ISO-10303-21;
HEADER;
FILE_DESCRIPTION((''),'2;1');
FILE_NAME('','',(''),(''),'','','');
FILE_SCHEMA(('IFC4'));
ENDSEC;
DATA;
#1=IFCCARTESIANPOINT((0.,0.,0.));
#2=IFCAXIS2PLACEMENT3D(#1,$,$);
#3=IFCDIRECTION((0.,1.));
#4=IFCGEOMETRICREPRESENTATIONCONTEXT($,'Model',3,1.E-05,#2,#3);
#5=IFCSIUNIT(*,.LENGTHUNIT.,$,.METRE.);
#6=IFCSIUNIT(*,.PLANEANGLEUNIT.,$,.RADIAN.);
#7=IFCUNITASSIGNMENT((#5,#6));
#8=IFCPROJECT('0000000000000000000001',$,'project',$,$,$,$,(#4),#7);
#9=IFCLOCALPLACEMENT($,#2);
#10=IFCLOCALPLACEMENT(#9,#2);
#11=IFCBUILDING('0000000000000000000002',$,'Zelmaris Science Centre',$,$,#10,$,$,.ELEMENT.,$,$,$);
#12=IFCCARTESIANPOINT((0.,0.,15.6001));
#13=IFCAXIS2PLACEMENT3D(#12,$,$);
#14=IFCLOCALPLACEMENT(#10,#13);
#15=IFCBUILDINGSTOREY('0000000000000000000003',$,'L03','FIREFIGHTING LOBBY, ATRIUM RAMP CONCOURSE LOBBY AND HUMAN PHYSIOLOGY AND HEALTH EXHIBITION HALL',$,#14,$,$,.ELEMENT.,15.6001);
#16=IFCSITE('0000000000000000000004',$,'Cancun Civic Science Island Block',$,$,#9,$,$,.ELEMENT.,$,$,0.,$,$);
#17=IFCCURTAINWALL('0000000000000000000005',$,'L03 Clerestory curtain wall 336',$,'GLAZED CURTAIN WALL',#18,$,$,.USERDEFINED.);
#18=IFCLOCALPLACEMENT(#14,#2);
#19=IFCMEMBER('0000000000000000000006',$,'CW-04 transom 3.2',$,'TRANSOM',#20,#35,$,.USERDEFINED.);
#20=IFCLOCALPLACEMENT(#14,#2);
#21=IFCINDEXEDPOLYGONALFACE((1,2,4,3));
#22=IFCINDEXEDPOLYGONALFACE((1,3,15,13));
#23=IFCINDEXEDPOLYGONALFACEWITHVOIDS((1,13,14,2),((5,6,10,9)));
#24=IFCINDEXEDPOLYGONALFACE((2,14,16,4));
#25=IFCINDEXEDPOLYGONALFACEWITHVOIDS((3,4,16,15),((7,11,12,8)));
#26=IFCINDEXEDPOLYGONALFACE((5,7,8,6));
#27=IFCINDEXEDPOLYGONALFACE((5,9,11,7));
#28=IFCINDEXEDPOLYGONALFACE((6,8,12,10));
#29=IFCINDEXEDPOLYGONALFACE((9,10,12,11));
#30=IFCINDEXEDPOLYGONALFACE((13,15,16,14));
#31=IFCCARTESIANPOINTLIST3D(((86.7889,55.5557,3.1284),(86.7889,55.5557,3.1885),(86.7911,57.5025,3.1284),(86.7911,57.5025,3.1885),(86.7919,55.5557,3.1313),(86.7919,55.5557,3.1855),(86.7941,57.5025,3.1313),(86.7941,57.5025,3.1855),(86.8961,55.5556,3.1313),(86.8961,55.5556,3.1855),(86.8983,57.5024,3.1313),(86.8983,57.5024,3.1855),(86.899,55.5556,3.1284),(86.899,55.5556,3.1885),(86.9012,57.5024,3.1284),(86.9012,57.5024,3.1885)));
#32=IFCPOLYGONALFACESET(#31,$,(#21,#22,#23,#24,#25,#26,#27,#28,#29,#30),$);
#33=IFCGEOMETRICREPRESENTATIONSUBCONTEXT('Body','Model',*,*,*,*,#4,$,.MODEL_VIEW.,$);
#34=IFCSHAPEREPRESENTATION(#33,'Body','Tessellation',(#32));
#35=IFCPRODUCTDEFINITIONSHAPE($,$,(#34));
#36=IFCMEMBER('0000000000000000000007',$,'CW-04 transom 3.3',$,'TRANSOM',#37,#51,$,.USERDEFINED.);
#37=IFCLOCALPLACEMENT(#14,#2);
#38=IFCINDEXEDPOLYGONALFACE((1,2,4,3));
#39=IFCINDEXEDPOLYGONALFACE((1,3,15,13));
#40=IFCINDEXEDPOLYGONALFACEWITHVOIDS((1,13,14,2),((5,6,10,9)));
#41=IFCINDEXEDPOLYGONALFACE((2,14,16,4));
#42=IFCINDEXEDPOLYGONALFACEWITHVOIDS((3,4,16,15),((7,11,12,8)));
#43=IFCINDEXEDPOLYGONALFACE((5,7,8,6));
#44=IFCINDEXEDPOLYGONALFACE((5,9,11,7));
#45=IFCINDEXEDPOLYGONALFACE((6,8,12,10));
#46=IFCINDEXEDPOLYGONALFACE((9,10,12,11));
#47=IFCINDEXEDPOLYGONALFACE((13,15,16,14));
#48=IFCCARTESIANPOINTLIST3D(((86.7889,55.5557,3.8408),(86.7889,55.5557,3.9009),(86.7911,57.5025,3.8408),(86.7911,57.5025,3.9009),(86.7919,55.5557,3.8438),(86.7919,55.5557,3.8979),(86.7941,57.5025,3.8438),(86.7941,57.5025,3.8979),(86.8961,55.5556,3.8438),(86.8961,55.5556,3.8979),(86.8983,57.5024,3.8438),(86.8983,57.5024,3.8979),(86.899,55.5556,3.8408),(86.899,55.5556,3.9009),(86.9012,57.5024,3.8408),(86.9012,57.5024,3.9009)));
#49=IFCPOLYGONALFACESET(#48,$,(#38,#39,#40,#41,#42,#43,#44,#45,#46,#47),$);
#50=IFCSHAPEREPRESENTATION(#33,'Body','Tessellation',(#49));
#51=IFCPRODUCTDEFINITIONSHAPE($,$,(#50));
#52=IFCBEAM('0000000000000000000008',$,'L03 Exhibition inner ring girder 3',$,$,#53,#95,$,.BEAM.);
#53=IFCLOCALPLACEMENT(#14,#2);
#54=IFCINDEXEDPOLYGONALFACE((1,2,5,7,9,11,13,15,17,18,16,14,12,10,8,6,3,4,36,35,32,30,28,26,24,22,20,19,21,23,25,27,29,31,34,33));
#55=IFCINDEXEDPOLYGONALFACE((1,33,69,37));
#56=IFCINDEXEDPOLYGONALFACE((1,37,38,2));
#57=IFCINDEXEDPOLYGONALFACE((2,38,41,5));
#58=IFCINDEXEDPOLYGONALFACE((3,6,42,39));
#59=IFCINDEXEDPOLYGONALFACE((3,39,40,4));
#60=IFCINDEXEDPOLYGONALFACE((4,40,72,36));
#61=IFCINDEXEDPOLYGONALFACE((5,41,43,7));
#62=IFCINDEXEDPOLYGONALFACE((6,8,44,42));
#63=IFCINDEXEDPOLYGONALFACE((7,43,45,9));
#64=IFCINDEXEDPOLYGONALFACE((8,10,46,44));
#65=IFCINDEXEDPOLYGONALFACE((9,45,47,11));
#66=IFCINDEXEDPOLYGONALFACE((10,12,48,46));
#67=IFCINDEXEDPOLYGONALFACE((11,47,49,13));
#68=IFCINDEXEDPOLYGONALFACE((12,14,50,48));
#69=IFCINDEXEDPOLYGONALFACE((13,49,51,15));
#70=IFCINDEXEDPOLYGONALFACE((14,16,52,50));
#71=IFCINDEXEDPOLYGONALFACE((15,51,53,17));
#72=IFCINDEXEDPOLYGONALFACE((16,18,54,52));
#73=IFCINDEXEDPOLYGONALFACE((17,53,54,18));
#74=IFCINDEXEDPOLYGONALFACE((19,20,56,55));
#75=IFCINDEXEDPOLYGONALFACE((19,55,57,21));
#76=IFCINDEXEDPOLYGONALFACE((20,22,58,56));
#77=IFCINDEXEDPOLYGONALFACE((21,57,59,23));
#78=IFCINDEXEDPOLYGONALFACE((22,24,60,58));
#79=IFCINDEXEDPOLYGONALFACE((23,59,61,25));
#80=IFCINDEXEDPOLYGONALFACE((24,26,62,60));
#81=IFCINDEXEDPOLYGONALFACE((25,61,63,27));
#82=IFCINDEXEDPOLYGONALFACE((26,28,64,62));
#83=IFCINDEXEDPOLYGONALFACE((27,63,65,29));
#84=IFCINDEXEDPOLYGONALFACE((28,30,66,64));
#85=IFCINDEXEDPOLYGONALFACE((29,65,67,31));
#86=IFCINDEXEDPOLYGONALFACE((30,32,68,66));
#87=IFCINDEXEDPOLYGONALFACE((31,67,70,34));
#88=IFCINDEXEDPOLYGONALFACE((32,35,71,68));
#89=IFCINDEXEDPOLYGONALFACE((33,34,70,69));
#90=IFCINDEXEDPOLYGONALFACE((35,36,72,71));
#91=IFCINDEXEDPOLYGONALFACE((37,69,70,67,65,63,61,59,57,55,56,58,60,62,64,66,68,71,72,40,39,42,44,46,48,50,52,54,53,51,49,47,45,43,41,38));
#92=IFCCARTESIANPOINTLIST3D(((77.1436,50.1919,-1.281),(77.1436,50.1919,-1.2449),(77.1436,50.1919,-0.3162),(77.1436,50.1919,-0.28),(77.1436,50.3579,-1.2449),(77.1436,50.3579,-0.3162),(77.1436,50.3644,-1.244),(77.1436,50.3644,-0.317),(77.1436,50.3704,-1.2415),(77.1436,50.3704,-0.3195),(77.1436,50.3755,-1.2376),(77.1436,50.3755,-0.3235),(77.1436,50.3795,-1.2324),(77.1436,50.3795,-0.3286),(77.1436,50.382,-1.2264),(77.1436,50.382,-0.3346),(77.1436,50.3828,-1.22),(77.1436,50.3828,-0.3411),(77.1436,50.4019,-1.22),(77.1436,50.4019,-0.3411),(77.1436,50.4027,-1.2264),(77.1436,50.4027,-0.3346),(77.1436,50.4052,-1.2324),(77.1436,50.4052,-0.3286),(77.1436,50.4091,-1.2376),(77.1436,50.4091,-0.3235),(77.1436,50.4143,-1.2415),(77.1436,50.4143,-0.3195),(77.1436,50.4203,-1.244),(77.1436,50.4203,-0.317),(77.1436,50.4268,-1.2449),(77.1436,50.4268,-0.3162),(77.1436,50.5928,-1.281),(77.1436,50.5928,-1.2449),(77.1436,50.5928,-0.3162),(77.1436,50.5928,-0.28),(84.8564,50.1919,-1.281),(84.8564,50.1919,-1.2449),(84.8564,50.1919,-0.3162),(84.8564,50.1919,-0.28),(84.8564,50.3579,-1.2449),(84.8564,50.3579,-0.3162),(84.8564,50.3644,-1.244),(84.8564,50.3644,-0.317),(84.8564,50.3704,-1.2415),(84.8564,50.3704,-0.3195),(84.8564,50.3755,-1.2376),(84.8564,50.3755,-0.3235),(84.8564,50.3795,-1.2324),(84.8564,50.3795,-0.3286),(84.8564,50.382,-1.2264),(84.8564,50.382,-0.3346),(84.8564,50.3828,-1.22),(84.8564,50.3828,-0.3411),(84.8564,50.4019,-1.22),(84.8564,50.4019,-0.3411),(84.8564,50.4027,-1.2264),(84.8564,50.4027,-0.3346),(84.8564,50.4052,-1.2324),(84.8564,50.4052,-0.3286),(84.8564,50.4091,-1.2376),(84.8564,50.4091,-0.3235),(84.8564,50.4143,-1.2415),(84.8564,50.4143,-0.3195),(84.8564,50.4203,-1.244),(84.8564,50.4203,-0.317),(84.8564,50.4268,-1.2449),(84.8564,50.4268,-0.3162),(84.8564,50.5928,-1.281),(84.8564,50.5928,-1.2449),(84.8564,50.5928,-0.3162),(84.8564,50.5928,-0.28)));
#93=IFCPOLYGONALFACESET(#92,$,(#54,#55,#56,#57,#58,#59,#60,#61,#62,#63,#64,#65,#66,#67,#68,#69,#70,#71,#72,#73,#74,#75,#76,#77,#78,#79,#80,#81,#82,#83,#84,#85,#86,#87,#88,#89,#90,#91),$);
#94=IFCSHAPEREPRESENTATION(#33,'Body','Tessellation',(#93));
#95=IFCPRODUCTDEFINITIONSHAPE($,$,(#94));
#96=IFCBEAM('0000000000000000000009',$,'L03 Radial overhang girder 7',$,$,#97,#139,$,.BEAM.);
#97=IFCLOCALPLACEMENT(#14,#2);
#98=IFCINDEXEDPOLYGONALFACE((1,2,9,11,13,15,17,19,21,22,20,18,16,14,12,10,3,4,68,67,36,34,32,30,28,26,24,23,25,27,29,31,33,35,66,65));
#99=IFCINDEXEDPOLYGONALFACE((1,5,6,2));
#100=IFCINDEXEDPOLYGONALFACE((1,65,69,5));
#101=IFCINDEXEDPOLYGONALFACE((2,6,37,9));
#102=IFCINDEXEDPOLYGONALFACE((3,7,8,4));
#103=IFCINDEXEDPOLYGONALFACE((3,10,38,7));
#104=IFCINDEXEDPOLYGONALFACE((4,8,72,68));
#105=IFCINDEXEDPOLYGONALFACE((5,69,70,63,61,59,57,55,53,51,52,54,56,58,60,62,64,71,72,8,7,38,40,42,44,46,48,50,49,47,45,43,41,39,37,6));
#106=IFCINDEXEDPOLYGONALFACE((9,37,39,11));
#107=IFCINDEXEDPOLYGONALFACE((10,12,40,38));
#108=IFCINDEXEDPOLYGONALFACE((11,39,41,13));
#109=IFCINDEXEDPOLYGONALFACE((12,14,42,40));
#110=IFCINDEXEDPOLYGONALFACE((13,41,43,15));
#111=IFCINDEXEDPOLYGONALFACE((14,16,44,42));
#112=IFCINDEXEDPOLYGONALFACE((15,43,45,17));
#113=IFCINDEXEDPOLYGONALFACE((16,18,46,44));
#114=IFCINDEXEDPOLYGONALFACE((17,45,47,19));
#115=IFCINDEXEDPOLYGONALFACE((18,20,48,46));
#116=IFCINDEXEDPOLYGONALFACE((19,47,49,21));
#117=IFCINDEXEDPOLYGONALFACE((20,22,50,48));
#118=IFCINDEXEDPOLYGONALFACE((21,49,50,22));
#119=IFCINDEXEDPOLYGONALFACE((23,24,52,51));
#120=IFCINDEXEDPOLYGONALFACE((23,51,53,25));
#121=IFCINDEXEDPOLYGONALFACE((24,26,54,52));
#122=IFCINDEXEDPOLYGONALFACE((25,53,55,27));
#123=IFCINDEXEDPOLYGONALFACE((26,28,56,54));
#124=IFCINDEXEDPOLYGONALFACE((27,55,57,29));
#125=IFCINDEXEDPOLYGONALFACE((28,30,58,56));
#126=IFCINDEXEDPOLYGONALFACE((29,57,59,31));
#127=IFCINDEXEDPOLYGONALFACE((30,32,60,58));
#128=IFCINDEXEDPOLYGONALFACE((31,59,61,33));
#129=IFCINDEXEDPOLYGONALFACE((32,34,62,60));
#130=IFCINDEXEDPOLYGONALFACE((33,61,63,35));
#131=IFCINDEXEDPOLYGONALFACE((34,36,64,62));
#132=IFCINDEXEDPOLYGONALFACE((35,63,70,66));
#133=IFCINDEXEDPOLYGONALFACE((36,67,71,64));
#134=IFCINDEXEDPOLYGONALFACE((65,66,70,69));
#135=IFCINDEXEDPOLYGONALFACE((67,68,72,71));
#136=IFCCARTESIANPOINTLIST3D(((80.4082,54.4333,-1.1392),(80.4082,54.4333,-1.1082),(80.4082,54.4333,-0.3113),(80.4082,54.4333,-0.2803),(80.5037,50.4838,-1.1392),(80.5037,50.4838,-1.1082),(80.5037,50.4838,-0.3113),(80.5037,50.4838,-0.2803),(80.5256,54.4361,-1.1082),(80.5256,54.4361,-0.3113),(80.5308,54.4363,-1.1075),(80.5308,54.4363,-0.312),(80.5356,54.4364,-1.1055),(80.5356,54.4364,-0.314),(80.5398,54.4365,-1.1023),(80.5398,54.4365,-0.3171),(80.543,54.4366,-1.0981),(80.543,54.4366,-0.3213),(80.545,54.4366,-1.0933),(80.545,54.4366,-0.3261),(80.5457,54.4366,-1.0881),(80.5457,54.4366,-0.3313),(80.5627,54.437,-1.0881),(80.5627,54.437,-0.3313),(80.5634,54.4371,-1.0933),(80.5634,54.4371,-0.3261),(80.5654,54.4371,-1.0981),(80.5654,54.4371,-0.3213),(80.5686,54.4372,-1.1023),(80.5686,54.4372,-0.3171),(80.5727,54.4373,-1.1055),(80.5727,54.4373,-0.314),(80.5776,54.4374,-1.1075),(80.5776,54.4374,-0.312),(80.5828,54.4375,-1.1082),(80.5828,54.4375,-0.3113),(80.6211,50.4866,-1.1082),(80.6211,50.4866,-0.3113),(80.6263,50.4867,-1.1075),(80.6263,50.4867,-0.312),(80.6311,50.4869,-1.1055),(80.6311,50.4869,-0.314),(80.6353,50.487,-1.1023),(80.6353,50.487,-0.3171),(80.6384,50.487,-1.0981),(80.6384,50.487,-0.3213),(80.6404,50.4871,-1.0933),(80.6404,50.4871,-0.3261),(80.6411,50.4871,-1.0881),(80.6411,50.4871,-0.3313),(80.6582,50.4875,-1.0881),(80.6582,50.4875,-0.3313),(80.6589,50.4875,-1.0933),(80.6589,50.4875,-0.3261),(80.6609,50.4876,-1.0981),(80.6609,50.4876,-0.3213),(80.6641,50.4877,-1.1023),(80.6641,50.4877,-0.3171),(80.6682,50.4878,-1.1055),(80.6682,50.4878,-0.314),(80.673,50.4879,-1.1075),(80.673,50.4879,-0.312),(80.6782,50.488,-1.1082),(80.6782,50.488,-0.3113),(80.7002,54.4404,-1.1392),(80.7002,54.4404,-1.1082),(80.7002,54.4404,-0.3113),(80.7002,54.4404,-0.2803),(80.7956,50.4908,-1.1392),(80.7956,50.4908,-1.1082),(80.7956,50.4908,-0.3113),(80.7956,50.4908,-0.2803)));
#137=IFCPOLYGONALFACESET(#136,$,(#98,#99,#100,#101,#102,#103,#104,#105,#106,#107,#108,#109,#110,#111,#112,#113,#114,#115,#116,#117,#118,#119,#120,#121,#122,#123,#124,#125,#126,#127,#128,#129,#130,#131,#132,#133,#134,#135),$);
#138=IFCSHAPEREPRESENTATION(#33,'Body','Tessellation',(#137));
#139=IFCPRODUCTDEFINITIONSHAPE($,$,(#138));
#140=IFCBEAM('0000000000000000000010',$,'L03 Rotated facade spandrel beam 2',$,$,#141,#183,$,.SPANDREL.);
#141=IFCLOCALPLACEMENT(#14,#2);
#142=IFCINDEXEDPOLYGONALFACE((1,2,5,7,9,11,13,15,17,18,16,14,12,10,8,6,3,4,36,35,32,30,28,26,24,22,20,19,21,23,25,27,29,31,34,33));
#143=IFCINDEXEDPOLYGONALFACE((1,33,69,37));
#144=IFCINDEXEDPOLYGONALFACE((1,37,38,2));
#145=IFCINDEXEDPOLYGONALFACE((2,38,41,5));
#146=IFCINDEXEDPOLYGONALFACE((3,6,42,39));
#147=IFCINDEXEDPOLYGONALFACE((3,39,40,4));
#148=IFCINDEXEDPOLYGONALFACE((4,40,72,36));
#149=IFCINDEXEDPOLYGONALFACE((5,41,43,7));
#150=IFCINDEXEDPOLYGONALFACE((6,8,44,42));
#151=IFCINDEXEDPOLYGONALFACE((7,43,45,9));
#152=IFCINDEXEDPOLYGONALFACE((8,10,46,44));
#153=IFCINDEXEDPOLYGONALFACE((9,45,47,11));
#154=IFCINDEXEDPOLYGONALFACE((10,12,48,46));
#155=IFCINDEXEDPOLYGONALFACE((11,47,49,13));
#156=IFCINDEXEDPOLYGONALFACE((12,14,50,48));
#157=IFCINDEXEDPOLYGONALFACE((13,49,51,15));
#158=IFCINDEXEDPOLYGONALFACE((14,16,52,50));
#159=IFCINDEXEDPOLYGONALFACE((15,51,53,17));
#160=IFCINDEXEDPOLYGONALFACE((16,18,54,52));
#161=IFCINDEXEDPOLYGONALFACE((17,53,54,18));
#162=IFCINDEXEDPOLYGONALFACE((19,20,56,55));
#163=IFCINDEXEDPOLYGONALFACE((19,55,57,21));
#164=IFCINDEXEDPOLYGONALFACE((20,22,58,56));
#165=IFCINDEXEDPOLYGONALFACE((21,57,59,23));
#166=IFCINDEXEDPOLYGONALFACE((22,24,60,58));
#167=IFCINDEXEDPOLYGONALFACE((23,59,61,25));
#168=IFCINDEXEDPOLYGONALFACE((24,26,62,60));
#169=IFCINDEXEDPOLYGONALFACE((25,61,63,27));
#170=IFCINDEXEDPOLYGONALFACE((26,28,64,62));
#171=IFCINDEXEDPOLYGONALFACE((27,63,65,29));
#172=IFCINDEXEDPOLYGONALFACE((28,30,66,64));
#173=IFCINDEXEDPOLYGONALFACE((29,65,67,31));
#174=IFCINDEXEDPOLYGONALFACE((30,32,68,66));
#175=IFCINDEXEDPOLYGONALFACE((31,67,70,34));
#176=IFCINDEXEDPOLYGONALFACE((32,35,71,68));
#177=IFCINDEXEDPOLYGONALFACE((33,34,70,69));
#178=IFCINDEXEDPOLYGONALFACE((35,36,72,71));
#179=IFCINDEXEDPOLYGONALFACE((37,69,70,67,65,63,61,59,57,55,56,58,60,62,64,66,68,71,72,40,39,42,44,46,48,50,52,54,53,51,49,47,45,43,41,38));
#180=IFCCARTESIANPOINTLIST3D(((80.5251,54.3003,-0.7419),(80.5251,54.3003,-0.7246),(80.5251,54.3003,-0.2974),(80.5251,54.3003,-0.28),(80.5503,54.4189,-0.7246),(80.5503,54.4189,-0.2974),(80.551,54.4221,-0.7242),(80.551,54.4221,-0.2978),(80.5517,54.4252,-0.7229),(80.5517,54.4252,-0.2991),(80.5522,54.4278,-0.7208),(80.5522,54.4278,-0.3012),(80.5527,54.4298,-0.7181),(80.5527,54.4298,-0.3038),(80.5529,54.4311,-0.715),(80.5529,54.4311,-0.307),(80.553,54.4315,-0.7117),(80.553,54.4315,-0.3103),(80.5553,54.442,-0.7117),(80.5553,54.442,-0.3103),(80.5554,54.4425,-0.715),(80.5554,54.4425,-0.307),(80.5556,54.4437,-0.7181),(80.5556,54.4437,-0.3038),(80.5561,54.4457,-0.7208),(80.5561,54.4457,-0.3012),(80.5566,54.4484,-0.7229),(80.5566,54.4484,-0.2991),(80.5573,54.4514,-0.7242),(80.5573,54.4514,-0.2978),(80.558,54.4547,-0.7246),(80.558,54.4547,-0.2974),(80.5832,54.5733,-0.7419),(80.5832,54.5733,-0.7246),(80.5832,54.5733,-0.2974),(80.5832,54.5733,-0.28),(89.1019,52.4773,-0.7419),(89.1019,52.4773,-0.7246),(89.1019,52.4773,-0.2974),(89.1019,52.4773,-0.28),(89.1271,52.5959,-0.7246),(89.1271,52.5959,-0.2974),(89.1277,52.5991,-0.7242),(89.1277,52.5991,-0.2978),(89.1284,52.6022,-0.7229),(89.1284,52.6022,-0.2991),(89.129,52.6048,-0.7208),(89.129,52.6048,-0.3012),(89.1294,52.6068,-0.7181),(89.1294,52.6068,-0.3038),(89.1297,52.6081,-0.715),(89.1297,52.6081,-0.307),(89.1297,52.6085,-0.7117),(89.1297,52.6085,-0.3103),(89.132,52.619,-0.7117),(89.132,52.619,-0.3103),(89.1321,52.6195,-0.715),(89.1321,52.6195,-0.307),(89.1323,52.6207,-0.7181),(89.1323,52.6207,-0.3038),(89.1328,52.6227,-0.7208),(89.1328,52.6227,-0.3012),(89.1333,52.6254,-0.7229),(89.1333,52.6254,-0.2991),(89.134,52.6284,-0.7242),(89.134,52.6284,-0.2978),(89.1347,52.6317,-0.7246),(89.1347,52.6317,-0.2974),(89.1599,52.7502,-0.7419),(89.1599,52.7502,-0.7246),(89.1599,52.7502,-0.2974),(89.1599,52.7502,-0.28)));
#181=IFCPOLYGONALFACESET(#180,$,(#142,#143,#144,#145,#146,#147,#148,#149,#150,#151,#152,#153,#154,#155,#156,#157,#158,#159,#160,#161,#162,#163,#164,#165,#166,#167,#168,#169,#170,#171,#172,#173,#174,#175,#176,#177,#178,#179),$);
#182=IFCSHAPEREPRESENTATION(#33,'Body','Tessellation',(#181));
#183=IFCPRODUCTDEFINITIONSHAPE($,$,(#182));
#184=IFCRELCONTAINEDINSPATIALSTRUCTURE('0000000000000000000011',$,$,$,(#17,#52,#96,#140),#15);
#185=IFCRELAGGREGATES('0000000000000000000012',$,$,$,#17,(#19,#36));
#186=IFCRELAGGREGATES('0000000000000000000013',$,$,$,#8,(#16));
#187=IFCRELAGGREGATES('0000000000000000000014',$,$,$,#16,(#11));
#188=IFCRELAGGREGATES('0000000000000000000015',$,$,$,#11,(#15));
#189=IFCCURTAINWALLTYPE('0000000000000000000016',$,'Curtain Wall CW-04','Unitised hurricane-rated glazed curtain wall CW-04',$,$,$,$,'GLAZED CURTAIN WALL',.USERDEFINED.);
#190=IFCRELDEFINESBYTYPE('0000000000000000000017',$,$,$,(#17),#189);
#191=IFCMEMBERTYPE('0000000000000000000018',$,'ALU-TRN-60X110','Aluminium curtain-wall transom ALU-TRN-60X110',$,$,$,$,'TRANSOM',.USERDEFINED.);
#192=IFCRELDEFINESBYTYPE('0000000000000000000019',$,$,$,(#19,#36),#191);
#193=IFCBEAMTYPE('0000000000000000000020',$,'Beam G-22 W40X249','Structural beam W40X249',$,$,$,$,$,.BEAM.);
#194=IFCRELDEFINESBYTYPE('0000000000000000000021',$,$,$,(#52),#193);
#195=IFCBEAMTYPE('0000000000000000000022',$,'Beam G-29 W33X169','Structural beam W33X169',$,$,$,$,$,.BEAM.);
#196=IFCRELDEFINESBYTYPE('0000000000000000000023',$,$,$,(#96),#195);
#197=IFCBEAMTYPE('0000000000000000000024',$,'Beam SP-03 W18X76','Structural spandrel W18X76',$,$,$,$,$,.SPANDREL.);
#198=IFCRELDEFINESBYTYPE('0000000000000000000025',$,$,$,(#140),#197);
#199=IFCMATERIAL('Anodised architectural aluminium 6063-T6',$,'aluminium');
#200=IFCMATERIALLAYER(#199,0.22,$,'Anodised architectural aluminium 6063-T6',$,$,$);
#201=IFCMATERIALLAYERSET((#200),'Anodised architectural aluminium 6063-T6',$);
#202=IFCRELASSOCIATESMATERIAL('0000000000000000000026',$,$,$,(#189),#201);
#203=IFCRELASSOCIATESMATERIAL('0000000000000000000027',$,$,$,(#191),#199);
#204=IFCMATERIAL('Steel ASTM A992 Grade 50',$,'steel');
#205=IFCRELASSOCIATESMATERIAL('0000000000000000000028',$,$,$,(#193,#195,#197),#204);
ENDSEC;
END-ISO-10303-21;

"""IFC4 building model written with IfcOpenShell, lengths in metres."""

from ifc_helpers import new_model, si_unit, direction, frame, origin, origin_2d, place, context, subcontext, project, spatial, hollow_rectangle, i_section, extrude, material, layer, layer_set, material_profile, profile_set, type_object, element, aggregate, save


model = new_model("IFC4")

# Units and contexts
model_context = context("Model", 3, precision=1e-05, world=origin(), true_north=direction((0.0, 1.0)))
body_context = subcontext(model_context, "Body", "Model", "MODEL_VIEW")
ifc_project = project(units=[si_unit("LENGTHUNIT", "METRE"), si_unit("PLANEANGLEUNIT", "RADIAN")], contexts=[model_context])

# Site, building, storey
site_placement = place(None, origin())
site = spatial("IfcSite", under=ifc_project, at=site_placement, Name="Cancun Civic Science Island Block", CompositionType="ELEMENT", RefElevation=0.0)
building_placement = place(site_placement, origin())
building = spatial("IfcBuilding", under=site, at=building_placement, Name="Zelmaris Science Centre", CompositionType="ELEMENT")
storey_placement = place(building_placement, frame((0.0, 0.0, 15.6001)))
storey = spatial("IfcBuildingStorey", under=building, at=storey_placement, Name="L03", Description="FIREFIGHTING LOBBY, ATRIUM RAMP CONCOURSE LOBBY AND HUMAN PHYSIOLOGY AND HEALTH EXHIBITION HALL", CompositionType="ELEMENT", Elevation=15.6001)

# Shared definitions
ifc_material_1 = material(Name="Steel ASTM A992 Grade 50", Category="steel")

# Curtain wall, members
ifc_material_2 = material(Name="Anodised architectural aluminium 6063-T6", Category="aluminium")
ifc_layer_1 = layer(ifc_material_2, 0.22, Name="Anodised architectural aluminium 6063-T6")
ifc_layer_set_1 = layer_set([ifc_layer_1], Name="Anodised architectural aluminium 6063-T6")
curtain_wall_type = type_object("IfcCurtainWallType", Name="Curtain Wall CW-04", Description="Unitised hurricane-rated glazed curtain wall CW-04", ElementType="GLAZED CURTAIN WALL", PredefinedType="USERDEFINED", material=ifc_layer_set_1)
curtain_wall_placement = place(storey_placement, origin())
curtain_wall = element("IfcCurtainWall", 1, at=curtain_wall_placement, inside=storey, type_object=curtain_wall_type, Name="L03 Clerestory curtain wall 336", ObjectType="GLAZED CURTAIN WALL", PredefinedType="USERDEFINED")
ifc_material_profile_1 = material_profile(ifc_material_2, hollow_rectangle(XDim=0.0601, YDim=0.1101, WallThickness=0.0029, at=origin_2d()), Name="ALU-TRN-60X110")
ifc_profile_set_1 = profile_set([ifc_material_profile_1], Name="Anodised architectural aluminium 6063-T6")
member_type_1 = type_object("IfcMemberType", Name="ALU-TRN-60X110", Description="Aluminium curtain-wall transom ALU-TRN-60X110", ElementType="TRANSOM", PredefinedType="USERDEFINED", material=ifc_profile_set_1)
member_1_placement = place(storey_placement, frame((86.8462, 57.5024, 3.1584), z_axis=(-0.001129, -0.999999, 0.0), x_axis=(0.0, 0.0, 1.0)))
member_1 = element("IfcMember", 2, at=member_1_placement, type_object=member_type_1, Name="CW-04 transom 3.2", ObjectType="TRANSOM", PredefinedType="USERDEFINED", context=body_context, shape_type="SweptSolid", body=[
    extrude(hollow_rectangle(XDim=0.0601, YDim=0.1101, WallThickness=0.0029, at=origin_2d()), origin(), (0.0, 0.0, 1.0), 1.9468),
])
member_2_placement = place(storey_placement, frame((86.8462, 57.5024, 3.8708), z_axis=(-0.001129, -0.999999, 0.0), x_axis=(0.0, 0.0, 1.0)))
member_2 = element("IfcMember", 3, at=member_2_placement, type_object=member_type_1, Name="CW-04 transom 3.3", ObjectType="TRANSOM", PredefinedType="USERDEFINED", context=body_context, shape_type="SweptSolid", body=[
    extrude(hollow_rectangle(XDim=0.0601, YDim=0.1101, WallThickness=0.0029, at=origin_2d()), origin(), (0.0, 0.0, 1.0), 1.9468),
])

# Beams
ifc_material_profile_2 = material_profile(ifc_material_1, i_section(OverallWidth=0.4009, OverallDepth=1.001, WebThickness=0.019, FlangeThickness=0.0361, FilletRadius=0.0249, at=origin_2d()), Name="W40X249")
ifc_profile_set_2 = profile_set([ifc_material_profile_2], Name="Steel ASTM A992 Grade 50")
beam_type_1 = type_object("IfcBeamType", Name="Beam G-22 W40X249", Description="Structural beam W40X249", PredefinedType="BEAM", material=ifc_profile_set_2)
beam_1_placement = place(storey_placement, frame((84.8564, 50.3923, -0.7805), z_axis=(-1.0, 0.0, 0.0), x_axis=(0.0, -1.0, 0.0)))
element("IfcBeam", 4, at=beam_1_placement, inside=storey, type_object=beam_type_1, Name="L03 Exhibition inner ring girder 3", PredefinedType="BEAM", context=body_context, shape_type="SweptSolid", body=[
    extrude(i_section(OverallWidth=0.4009, OverallDepth=1.001, WebThickness=0.019, FlangeThickness=0.0361, FilletRadius=0.0249, at=origin_2d()), origin(), (0.0, 0.0, 1.0), 7.7129),
])
ifc_material_profile_3 = material_profile(ifc_material_1, i_section(OverallWidth=0.292, OverallDepth=0.8589, WebThickness=0.0171, FlangeThickness=0.031, FilletRadius=0.02, at=origin_2d()), Name="W33X169")
ifc_profile_set_3 = profile_set([ifc_material_profile_3], Name="Steel ASTM A992 Grade 50")
beam_type_2 = type_object("IfcBeamType", Name="Beam G-29 W33X169", Description="Structural beam W33X169", PredefinedType="BEAM", material=ifc_profile_set_3)
beam_2_placement = place(storey_placement, frame((80.6497, 50.4873, -0.7097), z_axis=(-0.024163, 0.999708, 0.0), x_axis=(-0.999708, -0.024163, 0.0)))
element("IfcBeam", 5, at=beam_2_placement, inside=storey, type_object=beam_type_2, Name="L03 Radial overhang girder 7", PredefinedType="BEAM", context=body_context, shape_type="SweptSolid", body=[
    extrude(i_section(OverallWidth=0.292, OverallDepth=0.8589, WebThickness=0.0171, FlangeThickness=0.031, FilletRadius=0.02, at=origin_2d()), origin(), (0.0, 0.0, 1.0), 3.9507),
])
ifc_material_profile_4 = material_profile(ifc_material_1, i_section(OverallWidth=0.2791, OverallDepth=0.4619, WebThickness=0.0107, FlangeThickness=0.0173, FilletRadius=0.0129, at=origin_2d()), Name="W18X76")
ifc_profile_set_4 = profile_set([ifc_material_profile_4], Name="Steel ASTM A992 Grade 50")
beam_type_3 = type_object("IfcBeamType", Name="Beam SP-03 W18X76", Description="Structural spandrel W18X76", PredefinedType="SPANDREL", material=ifc_profile_set_4)
beam_3_placement = place(storey_placement, frame((89.1309, 52.6138, -0.511), z_axis=(-0.978148, 0.207909, 0.0), x_axis=(-0.207909, -0.978148, 0.0)))
element("IfcBeam", 6, at=beam_3_placement, inside=storey, type_object=beam_type_3, Name="L03 Rotated facade spandrel beam 2", PredefinedType="SPANDREL", context=body_context, shape_type="SweptSolid", body=[
    extrude(i_section(OverallWidth=0.2791, OverallDepth=0.4619, WebThickness=0.0107, FlangeThickness=0.0173, FilletRadius=0.0129, at=origin_2d()), origin(), (0.0, 0.0, 1.0), 8.7683),
])

aggregate(curtain_wall, [member_1, member_2])

save(model, "model.ifc")
